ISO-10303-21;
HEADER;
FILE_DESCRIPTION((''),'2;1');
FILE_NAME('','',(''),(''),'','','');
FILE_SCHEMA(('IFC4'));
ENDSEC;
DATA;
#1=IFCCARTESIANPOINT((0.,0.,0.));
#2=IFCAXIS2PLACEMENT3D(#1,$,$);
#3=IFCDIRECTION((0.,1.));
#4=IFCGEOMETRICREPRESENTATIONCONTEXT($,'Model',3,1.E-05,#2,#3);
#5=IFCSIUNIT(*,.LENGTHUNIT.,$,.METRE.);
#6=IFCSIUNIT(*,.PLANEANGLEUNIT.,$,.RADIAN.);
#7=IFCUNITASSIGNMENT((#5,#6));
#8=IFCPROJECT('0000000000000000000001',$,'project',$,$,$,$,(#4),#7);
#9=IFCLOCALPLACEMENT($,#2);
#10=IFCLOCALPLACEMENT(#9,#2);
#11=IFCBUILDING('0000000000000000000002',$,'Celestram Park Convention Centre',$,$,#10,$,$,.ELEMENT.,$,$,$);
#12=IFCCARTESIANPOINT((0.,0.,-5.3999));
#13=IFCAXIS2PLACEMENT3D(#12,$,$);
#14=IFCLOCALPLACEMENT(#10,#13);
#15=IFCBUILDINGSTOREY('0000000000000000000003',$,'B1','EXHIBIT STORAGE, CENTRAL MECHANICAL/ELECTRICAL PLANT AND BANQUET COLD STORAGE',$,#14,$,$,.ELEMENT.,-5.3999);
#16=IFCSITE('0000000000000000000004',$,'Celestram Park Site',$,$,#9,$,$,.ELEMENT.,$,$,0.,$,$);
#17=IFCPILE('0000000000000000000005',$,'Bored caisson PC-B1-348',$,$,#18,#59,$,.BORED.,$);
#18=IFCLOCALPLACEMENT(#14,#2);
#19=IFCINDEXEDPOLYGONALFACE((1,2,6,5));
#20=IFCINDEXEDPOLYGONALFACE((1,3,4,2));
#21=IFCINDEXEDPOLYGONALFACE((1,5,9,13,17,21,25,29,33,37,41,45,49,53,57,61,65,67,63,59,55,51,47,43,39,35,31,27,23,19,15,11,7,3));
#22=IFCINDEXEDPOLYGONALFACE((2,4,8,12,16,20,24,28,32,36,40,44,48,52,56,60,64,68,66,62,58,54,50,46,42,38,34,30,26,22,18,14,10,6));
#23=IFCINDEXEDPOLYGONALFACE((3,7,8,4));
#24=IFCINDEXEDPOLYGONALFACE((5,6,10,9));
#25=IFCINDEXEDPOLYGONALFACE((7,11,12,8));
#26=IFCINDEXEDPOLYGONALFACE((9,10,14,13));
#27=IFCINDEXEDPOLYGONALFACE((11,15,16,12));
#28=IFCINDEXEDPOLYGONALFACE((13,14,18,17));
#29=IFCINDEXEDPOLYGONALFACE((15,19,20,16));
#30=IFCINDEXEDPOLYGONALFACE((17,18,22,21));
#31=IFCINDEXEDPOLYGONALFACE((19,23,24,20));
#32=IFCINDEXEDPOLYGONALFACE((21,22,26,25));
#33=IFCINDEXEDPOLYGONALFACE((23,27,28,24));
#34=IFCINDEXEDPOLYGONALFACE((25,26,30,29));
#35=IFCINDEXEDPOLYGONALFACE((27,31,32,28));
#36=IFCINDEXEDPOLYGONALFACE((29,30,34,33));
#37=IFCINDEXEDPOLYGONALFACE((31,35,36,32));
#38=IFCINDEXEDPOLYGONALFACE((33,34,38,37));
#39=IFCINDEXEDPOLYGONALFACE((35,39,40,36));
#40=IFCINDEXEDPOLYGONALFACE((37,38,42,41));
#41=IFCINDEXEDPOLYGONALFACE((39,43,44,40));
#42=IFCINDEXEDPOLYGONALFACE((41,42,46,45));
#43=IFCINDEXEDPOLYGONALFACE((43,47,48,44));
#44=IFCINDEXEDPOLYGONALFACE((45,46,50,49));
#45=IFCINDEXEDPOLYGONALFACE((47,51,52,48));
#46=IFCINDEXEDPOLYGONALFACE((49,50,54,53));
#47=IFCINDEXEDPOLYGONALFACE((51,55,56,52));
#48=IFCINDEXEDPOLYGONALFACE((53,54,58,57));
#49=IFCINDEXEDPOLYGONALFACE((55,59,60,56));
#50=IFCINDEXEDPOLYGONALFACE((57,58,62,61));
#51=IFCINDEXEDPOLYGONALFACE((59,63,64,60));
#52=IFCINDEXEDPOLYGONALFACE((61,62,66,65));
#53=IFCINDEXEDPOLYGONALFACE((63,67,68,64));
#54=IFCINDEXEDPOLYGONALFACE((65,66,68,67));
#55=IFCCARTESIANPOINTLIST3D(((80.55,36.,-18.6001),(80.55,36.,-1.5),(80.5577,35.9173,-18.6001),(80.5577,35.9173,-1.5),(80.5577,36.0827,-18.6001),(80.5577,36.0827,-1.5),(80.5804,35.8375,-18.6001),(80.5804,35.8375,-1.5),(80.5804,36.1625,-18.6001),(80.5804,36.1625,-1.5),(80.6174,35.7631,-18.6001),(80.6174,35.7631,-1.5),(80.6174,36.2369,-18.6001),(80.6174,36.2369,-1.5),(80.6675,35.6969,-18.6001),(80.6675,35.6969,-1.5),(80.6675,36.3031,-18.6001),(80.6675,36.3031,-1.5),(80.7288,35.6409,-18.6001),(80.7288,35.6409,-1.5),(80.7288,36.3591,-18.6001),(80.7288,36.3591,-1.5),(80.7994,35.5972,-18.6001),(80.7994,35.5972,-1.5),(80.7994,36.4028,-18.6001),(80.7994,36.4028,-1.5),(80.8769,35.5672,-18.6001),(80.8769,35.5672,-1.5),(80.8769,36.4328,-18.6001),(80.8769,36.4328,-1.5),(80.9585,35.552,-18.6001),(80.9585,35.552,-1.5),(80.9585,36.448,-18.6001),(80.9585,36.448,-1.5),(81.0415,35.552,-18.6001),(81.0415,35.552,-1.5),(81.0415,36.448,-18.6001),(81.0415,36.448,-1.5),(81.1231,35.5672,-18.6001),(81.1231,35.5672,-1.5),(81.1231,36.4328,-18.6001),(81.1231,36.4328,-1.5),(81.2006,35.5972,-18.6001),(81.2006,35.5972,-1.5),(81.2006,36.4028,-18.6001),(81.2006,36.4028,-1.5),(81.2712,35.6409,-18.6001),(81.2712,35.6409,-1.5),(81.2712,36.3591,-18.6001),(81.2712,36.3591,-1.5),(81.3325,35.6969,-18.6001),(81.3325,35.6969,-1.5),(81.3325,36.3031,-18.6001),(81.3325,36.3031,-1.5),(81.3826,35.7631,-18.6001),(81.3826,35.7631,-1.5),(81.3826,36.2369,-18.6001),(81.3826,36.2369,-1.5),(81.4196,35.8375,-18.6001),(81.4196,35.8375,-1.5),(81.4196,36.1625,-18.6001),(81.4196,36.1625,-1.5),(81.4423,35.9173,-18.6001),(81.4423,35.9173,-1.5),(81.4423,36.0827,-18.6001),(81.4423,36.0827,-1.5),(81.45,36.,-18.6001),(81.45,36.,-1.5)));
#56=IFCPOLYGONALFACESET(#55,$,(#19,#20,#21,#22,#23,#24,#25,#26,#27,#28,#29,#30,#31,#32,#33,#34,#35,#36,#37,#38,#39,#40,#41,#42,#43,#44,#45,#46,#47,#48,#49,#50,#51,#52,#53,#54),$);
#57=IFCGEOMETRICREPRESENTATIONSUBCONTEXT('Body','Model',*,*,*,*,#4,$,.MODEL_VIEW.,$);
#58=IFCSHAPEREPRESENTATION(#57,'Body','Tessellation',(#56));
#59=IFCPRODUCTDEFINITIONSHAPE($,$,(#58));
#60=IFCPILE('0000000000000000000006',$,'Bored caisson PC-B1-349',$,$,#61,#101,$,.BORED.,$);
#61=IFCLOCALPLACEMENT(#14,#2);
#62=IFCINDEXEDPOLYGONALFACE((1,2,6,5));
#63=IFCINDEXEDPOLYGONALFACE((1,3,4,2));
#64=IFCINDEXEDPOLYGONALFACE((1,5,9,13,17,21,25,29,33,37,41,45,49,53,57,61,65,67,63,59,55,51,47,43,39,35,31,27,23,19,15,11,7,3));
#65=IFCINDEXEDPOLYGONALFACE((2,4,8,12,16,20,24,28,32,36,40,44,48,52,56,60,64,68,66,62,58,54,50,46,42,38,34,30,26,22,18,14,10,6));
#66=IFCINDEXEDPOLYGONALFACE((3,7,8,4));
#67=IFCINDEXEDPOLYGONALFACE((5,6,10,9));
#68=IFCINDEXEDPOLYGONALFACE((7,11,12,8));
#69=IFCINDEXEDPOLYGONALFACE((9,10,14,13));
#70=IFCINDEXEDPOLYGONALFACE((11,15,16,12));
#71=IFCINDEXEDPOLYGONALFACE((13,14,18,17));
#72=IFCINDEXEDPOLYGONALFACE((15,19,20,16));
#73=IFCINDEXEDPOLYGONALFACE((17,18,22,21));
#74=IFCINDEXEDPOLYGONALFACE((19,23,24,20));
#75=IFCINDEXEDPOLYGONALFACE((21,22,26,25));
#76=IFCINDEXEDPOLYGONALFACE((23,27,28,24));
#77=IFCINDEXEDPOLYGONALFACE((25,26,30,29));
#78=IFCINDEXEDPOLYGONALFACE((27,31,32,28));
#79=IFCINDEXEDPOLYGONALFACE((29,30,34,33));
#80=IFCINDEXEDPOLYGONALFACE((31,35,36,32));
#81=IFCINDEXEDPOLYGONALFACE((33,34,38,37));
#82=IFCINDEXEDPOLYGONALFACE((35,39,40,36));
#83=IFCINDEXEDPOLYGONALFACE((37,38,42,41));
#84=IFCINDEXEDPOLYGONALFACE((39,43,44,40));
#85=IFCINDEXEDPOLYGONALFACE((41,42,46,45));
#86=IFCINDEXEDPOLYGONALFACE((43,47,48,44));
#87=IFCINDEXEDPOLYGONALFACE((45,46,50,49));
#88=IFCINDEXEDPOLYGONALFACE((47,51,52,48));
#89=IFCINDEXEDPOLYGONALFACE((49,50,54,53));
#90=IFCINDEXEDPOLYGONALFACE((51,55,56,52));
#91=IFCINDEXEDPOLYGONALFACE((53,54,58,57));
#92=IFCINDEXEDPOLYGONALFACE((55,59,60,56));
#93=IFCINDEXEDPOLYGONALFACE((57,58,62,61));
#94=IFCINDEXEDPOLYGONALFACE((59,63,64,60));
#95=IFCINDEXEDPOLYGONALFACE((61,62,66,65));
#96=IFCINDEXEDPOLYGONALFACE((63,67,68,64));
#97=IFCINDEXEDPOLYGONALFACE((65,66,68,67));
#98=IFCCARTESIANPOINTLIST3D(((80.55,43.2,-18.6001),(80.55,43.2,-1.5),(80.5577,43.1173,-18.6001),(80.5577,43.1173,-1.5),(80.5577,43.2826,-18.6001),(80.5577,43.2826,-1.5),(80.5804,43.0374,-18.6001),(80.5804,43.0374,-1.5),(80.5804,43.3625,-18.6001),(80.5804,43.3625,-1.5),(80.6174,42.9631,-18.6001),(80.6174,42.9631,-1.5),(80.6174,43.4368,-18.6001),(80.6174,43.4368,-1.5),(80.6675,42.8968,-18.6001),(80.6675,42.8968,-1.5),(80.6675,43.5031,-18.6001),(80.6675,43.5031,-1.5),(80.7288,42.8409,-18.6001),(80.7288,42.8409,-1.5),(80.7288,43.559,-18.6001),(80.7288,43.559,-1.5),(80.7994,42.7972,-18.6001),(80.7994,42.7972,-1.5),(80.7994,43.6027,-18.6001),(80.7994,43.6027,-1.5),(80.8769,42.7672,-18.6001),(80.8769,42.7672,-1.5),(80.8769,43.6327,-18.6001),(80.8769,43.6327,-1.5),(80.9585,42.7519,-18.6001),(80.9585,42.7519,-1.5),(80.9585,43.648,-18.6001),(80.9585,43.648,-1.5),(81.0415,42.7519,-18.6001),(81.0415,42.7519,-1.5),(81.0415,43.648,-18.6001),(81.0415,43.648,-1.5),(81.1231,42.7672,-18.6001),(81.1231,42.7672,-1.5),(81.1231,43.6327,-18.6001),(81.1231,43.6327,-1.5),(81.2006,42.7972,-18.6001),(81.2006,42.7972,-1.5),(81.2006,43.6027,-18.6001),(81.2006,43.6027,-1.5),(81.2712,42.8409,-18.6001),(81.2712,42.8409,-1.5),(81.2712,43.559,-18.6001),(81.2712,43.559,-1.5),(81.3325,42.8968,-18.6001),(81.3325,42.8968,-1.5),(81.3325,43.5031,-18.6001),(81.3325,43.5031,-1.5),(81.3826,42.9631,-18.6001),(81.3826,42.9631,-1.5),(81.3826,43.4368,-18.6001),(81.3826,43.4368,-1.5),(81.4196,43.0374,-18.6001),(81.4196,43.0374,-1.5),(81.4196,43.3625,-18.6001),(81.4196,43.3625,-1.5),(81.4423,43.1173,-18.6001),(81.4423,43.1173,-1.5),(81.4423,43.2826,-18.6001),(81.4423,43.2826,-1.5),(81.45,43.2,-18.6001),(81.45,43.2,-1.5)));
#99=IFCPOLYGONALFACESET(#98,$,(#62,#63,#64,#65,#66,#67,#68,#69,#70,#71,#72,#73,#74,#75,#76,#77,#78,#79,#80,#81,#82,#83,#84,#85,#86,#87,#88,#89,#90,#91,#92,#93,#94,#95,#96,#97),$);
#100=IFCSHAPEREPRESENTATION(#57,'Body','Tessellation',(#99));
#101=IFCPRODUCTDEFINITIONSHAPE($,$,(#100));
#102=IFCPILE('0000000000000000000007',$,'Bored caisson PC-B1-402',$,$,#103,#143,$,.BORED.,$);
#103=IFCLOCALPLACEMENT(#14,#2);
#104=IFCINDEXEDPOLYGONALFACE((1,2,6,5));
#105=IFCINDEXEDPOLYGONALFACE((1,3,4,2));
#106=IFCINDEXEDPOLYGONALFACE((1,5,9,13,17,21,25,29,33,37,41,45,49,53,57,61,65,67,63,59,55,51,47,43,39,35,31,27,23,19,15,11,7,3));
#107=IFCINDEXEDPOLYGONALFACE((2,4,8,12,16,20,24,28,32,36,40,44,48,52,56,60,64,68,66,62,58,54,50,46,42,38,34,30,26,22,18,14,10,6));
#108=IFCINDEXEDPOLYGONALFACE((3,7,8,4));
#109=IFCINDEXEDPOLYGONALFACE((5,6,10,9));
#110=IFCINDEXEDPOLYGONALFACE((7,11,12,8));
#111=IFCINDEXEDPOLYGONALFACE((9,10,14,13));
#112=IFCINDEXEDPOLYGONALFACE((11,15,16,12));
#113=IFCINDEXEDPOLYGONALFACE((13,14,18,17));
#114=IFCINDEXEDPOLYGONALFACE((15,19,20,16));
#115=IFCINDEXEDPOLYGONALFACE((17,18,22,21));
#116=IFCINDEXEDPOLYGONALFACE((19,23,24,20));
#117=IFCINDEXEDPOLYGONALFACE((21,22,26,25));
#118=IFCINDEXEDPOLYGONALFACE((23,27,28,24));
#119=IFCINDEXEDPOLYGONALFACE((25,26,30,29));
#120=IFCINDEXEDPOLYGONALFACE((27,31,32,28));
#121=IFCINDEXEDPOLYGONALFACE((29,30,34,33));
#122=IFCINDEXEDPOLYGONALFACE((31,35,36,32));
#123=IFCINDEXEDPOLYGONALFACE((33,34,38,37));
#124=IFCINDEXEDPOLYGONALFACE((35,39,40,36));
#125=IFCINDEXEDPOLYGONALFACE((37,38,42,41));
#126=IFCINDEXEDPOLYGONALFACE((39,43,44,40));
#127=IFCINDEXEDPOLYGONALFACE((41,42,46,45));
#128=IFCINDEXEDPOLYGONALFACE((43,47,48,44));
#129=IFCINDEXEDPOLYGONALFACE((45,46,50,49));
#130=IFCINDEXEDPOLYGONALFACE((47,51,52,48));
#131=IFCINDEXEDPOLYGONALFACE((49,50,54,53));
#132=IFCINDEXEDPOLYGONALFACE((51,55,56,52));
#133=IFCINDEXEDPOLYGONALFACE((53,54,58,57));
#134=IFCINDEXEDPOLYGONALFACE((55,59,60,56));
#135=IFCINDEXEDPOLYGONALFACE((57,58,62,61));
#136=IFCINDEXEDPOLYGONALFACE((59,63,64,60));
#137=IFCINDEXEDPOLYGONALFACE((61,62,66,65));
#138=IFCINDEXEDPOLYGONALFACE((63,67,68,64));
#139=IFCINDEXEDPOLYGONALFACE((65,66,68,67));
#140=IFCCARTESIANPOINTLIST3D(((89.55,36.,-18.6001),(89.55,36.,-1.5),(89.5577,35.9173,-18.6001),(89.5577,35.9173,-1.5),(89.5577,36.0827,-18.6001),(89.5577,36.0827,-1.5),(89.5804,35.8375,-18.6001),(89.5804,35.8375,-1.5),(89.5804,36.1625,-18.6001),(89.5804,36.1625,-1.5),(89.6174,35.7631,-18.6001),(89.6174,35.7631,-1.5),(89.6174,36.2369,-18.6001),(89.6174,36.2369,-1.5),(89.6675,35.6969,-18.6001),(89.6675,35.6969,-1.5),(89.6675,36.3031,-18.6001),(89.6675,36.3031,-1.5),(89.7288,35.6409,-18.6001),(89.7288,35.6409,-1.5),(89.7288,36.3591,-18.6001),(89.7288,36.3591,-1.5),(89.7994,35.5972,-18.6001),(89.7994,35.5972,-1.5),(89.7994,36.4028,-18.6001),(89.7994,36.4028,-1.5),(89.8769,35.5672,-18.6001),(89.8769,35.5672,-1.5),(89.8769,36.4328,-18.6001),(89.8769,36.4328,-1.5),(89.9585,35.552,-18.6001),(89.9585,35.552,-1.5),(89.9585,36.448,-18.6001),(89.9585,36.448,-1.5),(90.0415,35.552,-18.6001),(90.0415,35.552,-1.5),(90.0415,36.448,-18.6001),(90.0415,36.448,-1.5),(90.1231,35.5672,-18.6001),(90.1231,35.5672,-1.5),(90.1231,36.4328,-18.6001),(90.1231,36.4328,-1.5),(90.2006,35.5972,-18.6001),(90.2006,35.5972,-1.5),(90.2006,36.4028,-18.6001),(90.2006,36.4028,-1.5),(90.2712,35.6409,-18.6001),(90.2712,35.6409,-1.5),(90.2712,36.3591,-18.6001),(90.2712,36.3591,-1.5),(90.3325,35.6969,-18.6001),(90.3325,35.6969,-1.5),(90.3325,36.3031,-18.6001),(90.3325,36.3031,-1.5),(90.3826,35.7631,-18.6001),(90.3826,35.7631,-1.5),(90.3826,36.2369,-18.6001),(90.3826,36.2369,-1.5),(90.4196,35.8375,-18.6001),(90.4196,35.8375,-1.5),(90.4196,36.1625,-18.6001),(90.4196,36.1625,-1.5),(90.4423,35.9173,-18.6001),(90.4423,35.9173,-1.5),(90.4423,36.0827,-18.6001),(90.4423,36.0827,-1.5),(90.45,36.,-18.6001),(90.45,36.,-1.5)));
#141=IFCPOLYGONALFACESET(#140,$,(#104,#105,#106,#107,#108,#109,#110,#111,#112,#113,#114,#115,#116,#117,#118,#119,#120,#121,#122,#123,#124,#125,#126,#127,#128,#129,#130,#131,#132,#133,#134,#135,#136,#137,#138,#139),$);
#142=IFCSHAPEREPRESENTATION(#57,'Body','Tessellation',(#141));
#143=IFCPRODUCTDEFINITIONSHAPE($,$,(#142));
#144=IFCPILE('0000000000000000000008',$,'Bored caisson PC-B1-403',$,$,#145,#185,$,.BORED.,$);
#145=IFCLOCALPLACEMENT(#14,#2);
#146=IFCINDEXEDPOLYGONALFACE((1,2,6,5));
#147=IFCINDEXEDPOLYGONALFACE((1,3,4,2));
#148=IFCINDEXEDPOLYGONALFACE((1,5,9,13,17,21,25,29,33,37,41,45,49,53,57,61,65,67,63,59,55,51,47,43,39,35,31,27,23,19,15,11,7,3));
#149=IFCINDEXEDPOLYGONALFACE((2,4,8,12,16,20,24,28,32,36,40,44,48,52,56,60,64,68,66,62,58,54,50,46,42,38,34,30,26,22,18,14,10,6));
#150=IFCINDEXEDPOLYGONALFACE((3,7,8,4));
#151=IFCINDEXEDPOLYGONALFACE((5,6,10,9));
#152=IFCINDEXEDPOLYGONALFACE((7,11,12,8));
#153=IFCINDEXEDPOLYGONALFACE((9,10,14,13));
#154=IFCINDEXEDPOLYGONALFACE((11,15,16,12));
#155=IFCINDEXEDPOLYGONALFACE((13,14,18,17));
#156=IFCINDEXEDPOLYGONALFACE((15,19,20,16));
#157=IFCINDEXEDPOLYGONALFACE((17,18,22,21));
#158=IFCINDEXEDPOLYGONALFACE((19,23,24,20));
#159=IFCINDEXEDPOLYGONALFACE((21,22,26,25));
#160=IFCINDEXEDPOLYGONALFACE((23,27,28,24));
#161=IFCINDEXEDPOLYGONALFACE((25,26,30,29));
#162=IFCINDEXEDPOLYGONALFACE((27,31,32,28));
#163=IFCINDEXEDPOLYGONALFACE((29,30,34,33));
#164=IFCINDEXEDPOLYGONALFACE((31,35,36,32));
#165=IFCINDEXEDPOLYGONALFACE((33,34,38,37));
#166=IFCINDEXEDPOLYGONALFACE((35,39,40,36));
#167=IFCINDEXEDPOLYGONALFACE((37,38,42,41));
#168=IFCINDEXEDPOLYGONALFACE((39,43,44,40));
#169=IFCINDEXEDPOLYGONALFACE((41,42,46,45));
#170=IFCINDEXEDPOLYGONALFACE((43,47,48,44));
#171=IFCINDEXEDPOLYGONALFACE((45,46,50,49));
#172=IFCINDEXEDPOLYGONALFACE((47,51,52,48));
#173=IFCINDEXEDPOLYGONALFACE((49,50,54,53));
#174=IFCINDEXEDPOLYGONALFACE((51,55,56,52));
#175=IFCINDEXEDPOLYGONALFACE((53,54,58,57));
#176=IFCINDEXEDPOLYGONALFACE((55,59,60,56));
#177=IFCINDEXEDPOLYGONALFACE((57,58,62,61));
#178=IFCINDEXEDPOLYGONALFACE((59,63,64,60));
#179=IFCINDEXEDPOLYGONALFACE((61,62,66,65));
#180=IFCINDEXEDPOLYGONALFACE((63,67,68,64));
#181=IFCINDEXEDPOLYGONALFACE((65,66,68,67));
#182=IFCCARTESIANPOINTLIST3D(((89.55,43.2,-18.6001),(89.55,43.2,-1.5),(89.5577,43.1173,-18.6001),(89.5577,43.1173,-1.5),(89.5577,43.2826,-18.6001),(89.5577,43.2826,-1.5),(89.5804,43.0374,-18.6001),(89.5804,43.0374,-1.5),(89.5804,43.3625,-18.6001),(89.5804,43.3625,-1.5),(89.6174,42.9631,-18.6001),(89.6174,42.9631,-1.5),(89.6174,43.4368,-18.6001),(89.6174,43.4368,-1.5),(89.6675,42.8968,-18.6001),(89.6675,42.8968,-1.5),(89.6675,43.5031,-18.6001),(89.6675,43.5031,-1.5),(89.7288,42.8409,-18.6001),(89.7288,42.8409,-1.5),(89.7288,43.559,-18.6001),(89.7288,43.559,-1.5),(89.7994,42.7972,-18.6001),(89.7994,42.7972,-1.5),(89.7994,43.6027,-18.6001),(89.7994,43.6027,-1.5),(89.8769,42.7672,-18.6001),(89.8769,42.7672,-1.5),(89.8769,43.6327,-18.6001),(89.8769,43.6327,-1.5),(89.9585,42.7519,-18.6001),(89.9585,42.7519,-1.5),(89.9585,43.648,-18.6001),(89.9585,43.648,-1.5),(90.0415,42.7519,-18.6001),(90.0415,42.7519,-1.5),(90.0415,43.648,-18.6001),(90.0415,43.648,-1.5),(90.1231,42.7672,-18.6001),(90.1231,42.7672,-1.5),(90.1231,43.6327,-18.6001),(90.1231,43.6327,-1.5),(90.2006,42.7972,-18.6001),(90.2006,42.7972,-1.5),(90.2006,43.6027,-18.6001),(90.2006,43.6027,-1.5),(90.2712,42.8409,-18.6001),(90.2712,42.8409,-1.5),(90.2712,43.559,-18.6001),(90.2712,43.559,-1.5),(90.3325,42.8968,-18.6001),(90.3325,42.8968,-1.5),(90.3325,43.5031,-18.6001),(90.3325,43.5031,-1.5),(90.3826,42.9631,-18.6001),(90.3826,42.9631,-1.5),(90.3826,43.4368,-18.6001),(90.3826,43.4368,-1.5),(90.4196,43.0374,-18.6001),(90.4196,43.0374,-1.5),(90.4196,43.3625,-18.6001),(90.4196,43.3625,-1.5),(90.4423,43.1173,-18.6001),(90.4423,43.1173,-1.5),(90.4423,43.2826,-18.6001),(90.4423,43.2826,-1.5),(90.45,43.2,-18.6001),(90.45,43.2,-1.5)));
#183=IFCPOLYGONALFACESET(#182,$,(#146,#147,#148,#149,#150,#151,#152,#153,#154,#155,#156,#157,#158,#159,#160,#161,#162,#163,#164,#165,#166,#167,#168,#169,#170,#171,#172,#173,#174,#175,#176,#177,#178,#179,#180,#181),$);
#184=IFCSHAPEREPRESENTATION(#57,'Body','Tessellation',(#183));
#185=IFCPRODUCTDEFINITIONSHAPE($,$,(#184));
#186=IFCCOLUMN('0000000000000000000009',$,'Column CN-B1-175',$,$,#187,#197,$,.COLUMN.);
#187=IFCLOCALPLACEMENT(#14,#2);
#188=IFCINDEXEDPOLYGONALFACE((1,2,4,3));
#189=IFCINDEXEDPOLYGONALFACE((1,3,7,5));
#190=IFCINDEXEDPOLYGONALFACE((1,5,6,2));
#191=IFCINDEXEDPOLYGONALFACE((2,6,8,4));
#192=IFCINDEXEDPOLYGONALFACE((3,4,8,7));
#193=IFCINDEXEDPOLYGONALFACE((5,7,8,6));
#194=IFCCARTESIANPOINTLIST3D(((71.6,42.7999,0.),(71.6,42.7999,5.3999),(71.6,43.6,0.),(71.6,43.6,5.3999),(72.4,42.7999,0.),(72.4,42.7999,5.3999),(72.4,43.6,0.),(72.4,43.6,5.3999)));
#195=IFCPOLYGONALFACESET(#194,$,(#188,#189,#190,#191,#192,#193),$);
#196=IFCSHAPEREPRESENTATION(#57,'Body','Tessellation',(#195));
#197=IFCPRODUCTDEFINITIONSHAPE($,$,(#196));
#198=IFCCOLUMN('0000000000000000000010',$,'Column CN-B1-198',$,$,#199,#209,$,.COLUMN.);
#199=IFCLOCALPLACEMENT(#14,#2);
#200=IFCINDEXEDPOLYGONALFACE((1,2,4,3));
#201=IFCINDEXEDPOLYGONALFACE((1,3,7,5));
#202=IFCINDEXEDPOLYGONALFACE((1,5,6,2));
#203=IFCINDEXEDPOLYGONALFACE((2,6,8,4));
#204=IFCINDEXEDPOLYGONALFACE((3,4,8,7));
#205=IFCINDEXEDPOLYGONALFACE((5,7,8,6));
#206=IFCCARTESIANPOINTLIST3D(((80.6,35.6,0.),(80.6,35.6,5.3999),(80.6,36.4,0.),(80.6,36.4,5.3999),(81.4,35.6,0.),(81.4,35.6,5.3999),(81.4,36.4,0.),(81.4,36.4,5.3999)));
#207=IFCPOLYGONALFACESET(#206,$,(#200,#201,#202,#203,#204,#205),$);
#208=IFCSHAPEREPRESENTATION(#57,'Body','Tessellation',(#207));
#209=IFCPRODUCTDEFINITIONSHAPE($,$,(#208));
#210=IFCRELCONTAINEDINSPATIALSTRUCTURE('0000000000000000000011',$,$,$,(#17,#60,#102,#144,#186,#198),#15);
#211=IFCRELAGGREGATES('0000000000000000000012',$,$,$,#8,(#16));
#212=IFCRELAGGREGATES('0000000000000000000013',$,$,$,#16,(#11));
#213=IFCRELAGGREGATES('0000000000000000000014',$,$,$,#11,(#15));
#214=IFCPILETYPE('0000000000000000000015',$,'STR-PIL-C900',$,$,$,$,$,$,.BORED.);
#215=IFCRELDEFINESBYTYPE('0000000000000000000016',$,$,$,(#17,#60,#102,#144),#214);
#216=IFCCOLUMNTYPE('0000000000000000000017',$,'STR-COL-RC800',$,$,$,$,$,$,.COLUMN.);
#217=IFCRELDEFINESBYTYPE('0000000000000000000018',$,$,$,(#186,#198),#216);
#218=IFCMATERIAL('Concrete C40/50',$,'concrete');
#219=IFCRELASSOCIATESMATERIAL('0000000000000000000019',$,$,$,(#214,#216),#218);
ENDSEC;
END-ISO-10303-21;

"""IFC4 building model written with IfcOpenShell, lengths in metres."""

from ifc_helpers import new_model, si_unit, direction, frame, origin, origin_2d, place, context, subcontext, project, spatial, rectangle, circle, extrude, material, material_profile, profile_set, type_object, element, save


model = new_model("IFC4")

# Units and contexts
model_context = context("Model", 3, precision=1e-05, world=origin(), true_north=direction((0.0, 1.0)))
body_context = subcontext(model_context, "Body", "Model", "MODEL_VIEW")
ifc_project = project(units=[si_unit("LENGTHUNIT", "METRE"), si_unit("PLANEANGLEUNIT", "RADIAN")], contexts=[model_context])

# Site, building, storey
site_placement = place(None, origin())
site = spatial("IfcSite", under=ifc_project, at=site_placement, Name="Celestram Park Site", CompositionType="ELEMENT", RefElevation=0.0)
building_placement = place(site_placement, origin())
building = spatial("IfcBuilding", under=site, at=building_placement, Name="Celestram Park Convention Centre", CompositionType="ELEMENT")
storey_placement = place(building_placement, frame((0.0, 0.0, -5.3999)))
storey = spatial("IfcBuildingStorey", under=building, at=storey_placement, Name="B1", Description="EXHIBIT STORAGE, CENTRAL MECHANICAL/ELECTRICAL PLANT AND BANQUET COLD STORAGE", CompositionType="ELEMENT", Elevation=-5.3999)

# Shared definitions
ifc_material_1 = material(Name="Concrete C40/50", Category="concrete")

# Piles
ifc_material_profile_1 = material_profile(ifc_material_1, circle(Radius=0.45, at=origin_2d()), Name="CAISSON900")
ifc_profile_set_1 = profile_set([ifc_material_profile_1], Name="Concrete C40/50")
pile_type = type_object("IfcPileType", Name="STR-PIL-C900", PredefinedType="BORED", material=ifc_profile_set_1)
for number, where, z_axis, x_axis, name in (
    (1, (81.0, 36.0, -1.5), (0.0, 0.0, -1.0), (1.0, 0.0, 0.0), "Bored caisson PC-B1-348"),
    (2, (81.0, 43.2, -1.5), (0.0, 0.0, -1.0), (1.0, 0.0, 0.0), "Bored caisson PC-B1-349"),
    (3, (90.0, 36.0, -1.5), (0.0, 0.0, -1.0), (1.0, 0.0, 0.0), "Bored caisson PC-B1-402"),
    (4, (90.0, 43.2, -1.5), (0.0, 0.0, -1.0), (1.0, 0.0, 0.0), "Bored caisson PC-B1-403"),
):
    element("IfcPile", number, at=place(storey_placement, frame(where, z_axis=z_axis, x_axis=x_axis)), inside=storey, type_object=pile_type, Name=name, PredefinedType="BORED", context=body_context, shape_type="SweptSolid", body=[
        extrude(circle(Radius=0.45, at=origin_2d()), origin(), (0.0, 0.0, 1.0), 17.1001),
    ])

# Columns
ifc_material_profile_2 = material_profile(ifc_material_1, rectangle(XDim=0.8, YDim=0.8, at=origin_2d()), Name="RC800X800")
ifc_profile_set_2 = profile_set([ifc_material_profile_2], Name="Concrete C40/50")
column_type = type_object("IfcColumnType", Name="STR-COL-RC800", PredefinedType="COLUMN", material=ifc_profile_set_2)
for number, where, z_axis, x_axis, name in (
    (5, (72.0, 43.2, 0.0), (0.0, 0.0, 1.0), (1.0, 0.0, 0.0), "Column CN-B1-175"),
    (6, (81.0, 36.0, 0.0), (0.0, 0.0, 1.0), (1.0, 0.0, 0.0), "Column CN-B1-198"),
):
    element("IfcColumn", number, at=place(storey_placement, frame(where, z_axis=z_axis, x_axis=x_axis)), inside=storey, type_object=column_type, Name=name, PredefinedType="COLUMN", context=body_context, shape_type="SweptSolid", body=[
        extrude(rectangle(XDim=0.8, YDim=0.8, at=origin_2d()), origin(), (0.0, 0.0, 1.0), 5.3999),
    ])

save(model, "model.ifc")
